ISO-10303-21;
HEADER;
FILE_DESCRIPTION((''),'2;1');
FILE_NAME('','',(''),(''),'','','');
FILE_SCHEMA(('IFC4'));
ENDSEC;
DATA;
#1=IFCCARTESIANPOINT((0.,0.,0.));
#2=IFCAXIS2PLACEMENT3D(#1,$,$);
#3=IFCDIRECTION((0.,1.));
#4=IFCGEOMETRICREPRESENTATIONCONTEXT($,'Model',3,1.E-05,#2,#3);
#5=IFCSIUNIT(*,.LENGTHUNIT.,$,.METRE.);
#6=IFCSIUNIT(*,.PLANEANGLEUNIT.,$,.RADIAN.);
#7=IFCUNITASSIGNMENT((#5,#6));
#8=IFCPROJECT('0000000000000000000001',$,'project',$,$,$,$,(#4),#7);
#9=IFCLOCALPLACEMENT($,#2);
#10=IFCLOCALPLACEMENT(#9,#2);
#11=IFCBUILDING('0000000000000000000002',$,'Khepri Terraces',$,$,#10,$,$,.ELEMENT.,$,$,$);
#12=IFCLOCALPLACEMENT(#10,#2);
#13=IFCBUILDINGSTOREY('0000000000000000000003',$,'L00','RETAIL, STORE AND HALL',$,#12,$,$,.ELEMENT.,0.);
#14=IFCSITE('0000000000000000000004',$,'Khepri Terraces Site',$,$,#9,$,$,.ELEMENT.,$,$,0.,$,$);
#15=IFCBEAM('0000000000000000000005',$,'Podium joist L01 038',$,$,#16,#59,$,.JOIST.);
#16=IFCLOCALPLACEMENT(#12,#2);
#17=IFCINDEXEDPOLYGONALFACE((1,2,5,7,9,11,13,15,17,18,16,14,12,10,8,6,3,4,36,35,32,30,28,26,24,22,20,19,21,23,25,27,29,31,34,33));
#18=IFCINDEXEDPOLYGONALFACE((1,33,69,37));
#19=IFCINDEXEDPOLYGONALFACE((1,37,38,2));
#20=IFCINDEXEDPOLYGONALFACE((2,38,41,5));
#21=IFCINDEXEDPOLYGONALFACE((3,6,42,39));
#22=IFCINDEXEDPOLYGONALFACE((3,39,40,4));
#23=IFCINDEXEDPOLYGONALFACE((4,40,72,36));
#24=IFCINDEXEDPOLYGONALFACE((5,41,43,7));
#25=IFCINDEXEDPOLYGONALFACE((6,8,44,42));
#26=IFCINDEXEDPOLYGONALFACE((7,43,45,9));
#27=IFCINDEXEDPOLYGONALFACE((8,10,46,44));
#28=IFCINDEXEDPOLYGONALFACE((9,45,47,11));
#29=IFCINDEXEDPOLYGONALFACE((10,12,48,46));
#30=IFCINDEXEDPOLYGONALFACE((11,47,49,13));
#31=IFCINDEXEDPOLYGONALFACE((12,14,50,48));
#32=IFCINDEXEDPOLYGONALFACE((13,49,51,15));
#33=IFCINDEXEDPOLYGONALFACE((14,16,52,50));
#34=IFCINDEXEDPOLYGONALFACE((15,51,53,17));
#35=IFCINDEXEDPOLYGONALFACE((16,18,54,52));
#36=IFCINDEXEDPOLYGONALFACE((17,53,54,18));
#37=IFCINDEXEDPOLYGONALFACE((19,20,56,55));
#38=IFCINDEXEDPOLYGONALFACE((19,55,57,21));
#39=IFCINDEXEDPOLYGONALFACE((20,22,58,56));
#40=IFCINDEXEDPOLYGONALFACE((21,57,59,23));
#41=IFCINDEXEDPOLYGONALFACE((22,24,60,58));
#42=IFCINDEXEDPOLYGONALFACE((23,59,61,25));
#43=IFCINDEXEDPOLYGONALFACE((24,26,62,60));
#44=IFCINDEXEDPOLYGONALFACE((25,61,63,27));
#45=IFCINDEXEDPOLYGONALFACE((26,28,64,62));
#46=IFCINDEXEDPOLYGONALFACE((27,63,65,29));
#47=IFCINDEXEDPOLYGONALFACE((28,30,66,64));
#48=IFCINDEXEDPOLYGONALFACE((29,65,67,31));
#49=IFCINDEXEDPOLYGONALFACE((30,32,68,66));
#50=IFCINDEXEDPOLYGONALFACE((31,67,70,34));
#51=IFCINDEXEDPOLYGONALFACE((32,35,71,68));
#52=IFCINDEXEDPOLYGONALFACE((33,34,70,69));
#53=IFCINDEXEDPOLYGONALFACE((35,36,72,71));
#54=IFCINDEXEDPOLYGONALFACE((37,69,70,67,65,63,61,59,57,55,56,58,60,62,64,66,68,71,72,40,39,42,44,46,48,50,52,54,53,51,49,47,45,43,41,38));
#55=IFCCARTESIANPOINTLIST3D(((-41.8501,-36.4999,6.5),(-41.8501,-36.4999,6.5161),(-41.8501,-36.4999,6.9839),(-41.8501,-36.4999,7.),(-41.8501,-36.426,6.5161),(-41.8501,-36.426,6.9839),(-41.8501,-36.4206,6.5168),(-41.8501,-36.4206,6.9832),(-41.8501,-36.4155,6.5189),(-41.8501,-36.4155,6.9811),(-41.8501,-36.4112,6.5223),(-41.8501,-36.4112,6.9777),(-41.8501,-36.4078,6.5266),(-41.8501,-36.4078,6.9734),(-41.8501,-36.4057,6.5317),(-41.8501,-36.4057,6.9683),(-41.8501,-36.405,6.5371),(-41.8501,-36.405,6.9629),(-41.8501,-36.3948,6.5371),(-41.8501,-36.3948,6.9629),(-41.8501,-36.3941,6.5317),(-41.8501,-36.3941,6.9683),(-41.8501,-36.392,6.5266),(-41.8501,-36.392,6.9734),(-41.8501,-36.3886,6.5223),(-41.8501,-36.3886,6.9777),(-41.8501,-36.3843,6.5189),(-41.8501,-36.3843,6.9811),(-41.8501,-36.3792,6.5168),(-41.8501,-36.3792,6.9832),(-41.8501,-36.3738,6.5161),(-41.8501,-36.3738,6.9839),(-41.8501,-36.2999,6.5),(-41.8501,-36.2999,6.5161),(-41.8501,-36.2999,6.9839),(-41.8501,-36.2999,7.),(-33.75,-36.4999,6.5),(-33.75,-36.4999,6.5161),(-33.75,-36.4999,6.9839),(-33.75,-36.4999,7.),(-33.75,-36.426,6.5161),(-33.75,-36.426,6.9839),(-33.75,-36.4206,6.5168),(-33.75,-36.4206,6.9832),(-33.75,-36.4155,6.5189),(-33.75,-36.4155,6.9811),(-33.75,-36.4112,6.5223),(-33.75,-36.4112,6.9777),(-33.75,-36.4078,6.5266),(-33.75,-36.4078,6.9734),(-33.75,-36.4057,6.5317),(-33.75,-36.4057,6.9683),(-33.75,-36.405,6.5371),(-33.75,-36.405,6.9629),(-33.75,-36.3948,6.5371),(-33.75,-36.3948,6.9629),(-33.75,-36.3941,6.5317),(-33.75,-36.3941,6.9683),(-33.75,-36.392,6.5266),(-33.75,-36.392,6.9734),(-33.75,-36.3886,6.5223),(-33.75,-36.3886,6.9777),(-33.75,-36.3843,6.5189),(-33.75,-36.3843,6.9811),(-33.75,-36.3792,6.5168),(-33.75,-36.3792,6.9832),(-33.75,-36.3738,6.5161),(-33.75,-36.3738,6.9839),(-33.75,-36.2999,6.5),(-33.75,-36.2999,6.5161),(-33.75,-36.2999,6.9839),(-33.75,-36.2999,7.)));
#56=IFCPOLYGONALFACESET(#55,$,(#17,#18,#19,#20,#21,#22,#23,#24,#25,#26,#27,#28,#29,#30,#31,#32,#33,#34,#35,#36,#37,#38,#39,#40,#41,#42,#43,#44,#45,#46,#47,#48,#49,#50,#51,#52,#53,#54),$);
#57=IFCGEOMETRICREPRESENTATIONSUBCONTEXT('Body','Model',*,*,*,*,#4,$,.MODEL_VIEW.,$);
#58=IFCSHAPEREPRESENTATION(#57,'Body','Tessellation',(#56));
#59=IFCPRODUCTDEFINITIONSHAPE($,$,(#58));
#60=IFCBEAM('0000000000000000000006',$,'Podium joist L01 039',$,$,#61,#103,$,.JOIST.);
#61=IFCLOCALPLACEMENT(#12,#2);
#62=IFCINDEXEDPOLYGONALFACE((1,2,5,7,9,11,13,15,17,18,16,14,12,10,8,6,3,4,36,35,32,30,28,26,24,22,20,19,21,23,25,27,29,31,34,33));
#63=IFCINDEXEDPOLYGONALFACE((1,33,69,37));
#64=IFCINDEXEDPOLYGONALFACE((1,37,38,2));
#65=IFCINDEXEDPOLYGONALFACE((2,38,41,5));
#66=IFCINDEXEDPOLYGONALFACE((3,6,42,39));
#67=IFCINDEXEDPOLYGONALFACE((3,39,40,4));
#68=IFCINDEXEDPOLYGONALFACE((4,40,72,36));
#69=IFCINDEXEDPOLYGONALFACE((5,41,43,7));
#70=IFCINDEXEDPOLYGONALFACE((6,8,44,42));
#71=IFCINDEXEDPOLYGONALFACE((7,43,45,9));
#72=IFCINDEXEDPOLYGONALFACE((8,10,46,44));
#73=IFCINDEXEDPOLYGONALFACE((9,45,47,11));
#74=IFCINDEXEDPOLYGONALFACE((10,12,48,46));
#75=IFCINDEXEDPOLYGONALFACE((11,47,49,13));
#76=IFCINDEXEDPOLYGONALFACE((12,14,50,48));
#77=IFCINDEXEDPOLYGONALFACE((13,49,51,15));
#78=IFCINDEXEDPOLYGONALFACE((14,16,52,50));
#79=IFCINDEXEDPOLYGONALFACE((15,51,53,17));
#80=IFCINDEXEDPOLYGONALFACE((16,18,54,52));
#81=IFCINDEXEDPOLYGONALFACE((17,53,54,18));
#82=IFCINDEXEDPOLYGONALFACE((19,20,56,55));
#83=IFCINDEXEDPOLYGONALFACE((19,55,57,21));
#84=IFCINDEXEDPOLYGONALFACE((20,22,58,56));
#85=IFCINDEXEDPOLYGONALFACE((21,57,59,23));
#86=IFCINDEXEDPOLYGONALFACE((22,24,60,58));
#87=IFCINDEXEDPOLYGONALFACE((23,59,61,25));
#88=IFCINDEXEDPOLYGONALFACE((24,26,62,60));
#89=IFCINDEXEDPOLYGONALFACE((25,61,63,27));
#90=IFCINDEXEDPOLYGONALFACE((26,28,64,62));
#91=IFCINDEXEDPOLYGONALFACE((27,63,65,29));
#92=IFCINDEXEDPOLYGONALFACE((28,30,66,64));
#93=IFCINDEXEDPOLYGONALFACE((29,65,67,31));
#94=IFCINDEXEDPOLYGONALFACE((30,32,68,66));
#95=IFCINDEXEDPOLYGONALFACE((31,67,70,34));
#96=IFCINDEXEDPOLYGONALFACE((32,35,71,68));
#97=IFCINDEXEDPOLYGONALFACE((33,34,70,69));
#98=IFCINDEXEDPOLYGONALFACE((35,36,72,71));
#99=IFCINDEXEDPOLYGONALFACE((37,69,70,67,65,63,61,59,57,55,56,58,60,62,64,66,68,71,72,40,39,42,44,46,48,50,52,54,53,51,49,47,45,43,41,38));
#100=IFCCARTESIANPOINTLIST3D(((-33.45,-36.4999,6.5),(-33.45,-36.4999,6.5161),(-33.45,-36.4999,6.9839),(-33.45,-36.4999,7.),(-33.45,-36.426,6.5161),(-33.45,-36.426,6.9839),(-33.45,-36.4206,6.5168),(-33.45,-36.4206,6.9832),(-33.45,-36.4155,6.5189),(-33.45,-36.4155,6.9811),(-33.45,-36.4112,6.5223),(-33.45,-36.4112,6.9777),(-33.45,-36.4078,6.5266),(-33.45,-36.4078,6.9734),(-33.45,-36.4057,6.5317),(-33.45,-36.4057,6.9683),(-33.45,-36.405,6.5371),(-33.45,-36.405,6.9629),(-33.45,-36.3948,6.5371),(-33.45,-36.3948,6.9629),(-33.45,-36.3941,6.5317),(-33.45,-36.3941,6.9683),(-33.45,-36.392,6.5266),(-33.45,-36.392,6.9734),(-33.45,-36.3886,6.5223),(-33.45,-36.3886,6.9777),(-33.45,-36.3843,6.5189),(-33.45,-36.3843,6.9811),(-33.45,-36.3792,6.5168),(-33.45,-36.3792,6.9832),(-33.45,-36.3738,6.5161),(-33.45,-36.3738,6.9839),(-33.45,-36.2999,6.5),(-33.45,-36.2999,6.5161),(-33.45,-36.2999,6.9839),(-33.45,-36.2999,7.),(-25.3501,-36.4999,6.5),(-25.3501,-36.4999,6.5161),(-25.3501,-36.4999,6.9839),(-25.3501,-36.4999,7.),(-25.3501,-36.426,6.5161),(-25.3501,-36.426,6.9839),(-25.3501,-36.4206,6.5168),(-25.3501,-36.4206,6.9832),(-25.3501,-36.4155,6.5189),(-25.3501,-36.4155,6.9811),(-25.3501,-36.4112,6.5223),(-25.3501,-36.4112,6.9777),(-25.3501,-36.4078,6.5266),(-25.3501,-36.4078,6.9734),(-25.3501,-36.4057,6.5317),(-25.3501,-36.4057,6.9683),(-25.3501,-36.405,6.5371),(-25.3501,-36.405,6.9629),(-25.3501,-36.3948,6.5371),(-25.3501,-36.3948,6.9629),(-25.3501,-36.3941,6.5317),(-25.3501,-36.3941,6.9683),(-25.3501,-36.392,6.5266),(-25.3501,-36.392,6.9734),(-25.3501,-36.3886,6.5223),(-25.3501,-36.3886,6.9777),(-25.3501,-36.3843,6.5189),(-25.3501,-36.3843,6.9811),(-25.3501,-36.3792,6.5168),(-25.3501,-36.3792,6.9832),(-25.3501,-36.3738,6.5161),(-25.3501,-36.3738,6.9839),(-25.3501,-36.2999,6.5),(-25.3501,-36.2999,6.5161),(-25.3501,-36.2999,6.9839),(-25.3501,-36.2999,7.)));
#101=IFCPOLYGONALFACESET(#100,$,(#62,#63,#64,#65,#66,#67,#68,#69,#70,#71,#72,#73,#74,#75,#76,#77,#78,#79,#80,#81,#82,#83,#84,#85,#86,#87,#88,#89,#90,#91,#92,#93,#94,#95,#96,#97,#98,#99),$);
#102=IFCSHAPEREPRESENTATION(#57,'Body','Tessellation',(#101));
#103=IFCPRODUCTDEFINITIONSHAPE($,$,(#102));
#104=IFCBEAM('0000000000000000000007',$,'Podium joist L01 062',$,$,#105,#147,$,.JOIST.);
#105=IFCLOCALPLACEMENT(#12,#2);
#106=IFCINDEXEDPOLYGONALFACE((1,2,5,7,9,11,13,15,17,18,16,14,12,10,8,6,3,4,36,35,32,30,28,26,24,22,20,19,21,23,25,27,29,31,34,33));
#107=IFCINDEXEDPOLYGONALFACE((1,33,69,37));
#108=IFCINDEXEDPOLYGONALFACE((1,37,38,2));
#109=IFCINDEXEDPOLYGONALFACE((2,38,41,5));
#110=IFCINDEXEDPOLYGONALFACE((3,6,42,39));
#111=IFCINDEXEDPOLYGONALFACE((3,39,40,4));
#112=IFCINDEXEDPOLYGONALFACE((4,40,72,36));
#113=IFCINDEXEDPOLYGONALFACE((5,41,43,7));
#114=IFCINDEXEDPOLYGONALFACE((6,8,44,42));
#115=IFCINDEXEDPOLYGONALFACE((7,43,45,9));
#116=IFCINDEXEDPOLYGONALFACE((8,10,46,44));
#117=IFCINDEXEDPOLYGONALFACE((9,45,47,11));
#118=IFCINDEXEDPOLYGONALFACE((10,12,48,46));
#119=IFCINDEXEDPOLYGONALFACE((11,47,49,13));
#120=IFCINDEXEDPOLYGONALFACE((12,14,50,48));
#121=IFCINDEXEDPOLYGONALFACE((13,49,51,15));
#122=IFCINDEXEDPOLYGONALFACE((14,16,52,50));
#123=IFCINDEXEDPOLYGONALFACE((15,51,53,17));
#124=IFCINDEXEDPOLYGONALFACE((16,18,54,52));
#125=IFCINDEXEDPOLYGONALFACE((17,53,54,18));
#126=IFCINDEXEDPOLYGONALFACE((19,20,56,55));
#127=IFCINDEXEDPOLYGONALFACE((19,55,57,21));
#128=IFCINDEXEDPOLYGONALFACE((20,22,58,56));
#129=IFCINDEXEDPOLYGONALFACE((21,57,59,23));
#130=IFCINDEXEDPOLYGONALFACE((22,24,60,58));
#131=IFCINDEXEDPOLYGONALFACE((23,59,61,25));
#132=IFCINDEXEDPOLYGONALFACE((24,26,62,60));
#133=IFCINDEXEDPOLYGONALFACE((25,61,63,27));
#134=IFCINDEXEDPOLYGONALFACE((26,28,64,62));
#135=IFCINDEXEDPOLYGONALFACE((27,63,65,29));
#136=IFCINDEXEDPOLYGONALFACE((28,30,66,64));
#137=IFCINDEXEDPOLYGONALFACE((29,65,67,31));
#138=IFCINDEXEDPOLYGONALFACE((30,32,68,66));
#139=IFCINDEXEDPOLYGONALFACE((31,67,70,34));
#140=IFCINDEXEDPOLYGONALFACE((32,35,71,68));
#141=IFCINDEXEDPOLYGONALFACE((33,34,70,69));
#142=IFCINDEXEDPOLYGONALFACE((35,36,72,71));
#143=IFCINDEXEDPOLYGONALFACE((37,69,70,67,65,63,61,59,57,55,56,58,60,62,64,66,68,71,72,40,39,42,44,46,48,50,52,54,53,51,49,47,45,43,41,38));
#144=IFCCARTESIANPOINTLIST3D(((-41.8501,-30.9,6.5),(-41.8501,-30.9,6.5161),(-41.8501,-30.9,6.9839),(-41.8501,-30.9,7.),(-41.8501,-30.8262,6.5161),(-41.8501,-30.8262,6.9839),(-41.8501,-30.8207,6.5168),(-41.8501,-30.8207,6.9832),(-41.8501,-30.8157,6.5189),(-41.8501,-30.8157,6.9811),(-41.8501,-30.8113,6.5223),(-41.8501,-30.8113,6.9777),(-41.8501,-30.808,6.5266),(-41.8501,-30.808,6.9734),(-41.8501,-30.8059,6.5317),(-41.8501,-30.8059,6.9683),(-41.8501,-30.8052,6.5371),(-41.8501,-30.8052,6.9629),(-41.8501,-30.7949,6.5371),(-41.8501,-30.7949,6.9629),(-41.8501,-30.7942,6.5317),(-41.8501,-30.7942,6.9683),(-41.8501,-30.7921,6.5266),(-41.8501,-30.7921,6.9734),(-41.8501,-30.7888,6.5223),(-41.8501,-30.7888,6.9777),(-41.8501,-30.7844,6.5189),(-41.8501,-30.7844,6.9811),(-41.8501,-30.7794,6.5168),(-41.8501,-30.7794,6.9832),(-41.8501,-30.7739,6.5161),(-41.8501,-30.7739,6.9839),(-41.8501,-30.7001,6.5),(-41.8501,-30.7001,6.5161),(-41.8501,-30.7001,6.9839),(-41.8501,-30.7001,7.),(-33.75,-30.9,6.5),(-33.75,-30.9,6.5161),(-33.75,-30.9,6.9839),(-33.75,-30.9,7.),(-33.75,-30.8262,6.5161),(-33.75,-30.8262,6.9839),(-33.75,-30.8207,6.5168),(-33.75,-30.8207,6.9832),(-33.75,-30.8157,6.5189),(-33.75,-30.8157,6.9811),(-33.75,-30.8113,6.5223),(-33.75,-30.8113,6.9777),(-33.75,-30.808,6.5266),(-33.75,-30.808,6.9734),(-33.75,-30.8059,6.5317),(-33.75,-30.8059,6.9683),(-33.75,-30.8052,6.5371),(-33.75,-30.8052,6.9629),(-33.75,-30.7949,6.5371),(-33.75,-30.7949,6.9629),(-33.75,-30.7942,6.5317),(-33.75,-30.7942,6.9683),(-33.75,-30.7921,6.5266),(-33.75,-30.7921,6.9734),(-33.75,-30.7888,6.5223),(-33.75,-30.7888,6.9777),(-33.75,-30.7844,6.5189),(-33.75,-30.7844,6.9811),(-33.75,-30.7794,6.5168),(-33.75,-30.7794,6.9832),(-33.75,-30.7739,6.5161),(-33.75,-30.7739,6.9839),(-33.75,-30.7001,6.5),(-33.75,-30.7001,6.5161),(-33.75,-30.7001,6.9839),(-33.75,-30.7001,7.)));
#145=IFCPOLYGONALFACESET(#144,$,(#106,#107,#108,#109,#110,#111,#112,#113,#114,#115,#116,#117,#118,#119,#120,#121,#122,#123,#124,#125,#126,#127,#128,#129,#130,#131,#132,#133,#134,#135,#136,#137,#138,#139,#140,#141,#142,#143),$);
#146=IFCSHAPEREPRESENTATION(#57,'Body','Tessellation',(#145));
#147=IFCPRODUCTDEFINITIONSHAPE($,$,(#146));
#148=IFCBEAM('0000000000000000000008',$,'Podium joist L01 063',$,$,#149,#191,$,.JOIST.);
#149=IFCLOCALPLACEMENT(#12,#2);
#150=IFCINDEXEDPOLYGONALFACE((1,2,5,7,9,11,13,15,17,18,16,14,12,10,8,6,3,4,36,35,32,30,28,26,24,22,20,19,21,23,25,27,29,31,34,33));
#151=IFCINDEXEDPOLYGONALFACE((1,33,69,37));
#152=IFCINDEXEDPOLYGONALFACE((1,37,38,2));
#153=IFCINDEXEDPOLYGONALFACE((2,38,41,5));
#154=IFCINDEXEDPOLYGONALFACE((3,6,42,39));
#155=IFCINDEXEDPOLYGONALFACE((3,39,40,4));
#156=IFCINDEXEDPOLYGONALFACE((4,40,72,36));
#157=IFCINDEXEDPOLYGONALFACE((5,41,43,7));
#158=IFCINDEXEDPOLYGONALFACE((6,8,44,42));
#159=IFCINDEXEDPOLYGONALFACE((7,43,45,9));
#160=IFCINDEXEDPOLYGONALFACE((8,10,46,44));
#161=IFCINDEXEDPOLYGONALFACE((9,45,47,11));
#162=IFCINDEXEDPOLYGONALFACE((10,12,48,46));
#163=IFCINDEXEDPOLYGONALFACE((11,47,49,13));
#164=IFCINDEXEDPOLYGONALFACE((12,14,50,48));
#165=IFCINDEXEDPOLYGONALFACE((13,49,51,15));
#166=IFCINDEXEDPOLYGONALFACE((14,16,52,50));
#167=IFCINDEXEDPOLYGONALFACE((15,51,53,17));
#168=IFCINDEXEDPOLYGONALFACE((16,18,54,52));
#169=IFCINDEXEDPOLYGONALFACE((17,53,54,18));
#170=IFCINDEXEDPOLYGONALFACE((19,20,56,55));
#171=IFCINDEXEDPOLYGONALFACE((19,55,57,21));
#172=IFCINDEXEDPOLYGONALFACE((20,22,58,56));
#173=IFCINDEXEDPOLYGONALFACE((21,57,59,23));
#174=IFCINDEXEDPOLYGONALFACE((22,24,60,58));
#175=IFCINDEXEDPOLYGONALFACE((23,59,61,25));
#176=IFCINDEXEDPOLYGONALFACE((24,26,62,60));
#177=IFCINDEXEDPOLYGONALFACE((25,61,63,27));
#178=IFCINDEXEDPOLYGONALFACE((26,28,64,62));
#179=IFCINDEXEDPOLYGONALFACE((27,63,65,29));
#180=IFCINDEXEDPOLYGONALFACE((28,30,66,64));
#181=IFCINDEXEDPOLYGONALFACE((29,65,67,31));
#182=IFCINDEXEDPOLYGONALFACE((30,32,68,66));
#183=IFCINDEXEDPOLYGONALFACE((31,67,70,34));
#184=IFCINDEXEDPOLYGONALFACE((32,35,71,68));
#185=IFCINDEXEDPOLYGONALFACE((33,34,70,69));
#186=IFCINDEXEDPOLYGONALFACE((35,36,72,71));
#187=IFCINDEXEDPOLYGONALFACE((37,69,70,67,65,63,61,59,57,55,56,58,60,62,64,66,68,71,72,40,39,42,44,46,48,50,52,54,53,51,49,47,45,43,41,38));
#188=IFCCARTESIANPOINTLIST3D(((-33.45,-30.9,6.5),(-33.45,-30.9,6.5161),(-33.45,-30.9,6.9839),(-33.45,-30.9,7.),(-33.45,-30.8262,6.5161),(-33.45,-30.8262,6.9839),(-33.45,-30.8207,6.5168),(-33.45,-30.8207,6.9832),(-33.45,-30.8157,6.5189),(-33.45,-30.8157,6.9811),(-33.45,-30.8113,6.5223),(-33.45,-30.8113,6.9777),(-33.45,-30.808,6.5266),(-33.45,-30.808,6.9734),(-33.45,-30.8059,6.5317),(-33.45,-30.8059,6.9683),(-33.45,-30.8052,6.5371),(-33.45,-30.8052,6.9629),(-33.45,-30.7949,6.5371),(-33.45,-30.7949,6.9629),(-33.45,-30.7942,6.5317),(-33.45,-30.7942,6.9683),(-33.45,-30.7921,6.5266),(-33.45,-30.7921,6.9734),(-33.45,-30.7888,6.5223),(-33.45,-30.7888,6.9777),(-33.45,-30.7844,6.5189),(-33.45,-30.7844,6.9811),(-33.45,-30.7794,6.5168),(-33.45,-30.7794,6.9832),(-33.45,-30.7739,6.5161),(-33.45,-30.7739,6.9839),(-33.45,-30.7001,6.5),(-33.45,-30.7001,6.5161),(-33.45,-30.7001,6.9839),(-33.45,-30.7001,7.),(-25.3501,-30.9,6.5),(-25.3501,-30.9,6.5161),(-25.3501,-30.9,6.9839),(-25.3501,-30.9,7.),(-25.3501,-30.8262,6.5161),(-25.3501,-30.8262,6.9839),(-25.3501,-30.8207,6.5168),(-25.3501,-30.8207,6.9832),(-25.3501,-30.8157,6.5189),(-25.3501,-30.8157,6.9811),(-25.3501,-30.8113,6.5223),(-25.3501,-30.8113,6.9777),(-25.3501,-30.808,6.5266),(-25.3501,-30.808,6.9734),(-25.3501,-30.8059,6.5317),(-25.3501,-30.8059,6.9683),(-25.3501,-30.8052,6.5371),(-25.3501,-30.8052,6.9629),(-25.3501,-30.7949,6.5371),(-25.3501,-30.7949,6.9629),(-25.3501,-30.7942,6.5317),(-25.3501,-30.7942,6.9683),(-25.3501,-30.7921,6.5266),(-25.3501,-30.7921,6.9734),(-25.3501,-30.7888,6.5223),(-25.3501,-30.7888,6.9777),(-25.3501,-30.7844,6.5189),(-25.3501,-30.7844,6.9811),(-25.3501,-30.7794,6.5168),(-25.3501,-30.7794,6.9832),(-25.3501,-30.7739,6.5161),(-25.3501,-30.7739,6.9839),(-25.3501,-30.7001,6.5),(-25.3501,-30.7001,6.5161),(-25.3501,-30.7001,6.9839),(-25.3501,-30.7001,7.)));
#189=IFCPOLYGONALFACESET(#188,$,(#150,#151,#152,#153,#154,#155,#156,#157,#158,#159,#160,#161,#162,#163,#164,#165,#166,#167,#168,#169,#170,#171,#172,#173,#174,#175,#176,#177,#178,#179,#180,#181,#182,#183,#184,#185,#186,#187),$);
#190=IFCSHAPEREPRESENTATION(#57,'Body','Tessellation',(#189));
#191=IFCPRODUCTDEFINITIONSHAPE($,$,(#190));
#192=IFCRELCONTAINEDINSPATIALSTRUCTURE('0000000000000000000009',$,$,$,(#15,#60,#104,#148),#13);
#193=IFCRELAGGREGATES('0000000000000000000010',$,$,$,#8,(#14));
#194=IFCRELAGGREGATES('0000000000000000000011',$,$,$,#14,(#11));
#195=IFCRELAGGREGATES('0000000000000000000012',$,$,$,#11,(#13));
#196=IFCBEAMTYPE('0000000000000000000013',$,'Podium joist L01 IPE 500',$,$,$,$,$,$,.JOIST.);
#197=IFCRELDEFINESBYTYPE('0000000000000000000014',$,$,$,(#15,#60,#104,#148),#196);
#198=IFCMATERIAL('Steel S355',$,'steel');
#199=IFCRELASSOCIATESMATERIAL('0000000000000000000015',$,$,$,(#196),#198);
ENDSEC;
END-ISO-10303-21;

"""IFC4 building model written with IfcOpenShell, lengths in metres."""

from ifc_helpers import new_model, si_unit, direction, frame, origin, origin_2d, place, context, subcontext, project, spatial, i_section, extrude, material, material_profile, profile_set, type_object, element, save


model = new_model("IFC4")

# Units and contexts
model_context = context("Model", 3, precision=1e-05, world=origin(), true_north=direction((0.0, 1.0)))
body_context = subcontext(model_context, "Body", "Model", "MODEL_VIEW")
ifc_project = project(units=[si_unit("LENGTHUNIT", "METRE"), si_unit("PLANEANGLEUNIT", "RADIAN")], contexts=[model_context])

# Site, building, storey
site_placement = place(None, origin())
site = spatial("IfcSite", under=ifc_project, at=site_placement, Name="Khepri Terraces Site", CompositionType="ELEMENT", RefElevation=0.0)
building_placement = place(site_placement, origin())
building = spatial("IfcBuilding", under=site, at=building_placement, Name="Khepri Terraces", CompositionType="ELEMENT")
storey_placement = place(building_placement, origin())
storey = spatial("IfcBuildingStorey", under=building, at=storey_placement, Name="L00", Description="RETAIL, STORE AND HALL", CompositionType="ELEMENT", Elevation=0.0)

# Beams
ifc_material_1 = material(Name="Steel S355", Category="steel")
ifc_material_profile_1 = material_profile(ifc_material_1, i_section(OverallWidth=0.2, OverallDepth=0.5, WebThickness=0.0103, FlangeThickness=0.0161, FilletRadius=0.021, at=origin_2d()), Name="Steel S355", Category="steel")
ifc_profile_set_1 = profile_set([ifc_material_profile_1], Name="Steel S355")
beam_type_1 = type_object("IfcBeamType", Name="Podium joist L01 IPE 500", PredefinedType="JOIST", material=ifc_profile_set_1)
beam_1_placement = place(storey_placement, frame((-41.8501, -36.3999, 6.75), z_axis=(1.0, 0.0, 0.0), x_axis=(0.0, 1.0, 0.0)))
element("IfcBeam", 1, at=beam_1_placement, inside=storey, type_object=beam_type_1, Name="Podium joist L01 038", PredefinedType="JOIST", context=body_context, shape_type="SweptSolid", body=[
    extrude(i_section(OverallWidth=0.2, OverallDepth=0.5, WebThickness=0.0103, FlangeThickness=0.0161, FilletRadius=0.021, at=origin_2d()), origin(), (0.0, 0.0, 1.0), 8.1001),
])
beam_2_placement = place(storey_placement, frame((-33.45, -36.3999, 6.75), z_axis=(1.0, 0.0, 0.0), x_axis=(0.0, 1.0, 0.0)))
element("IfcBeam", 2, at=beam_2_placement, inside=storey, type_object=beam_type_1, Name="Podium joist L01 039", PredefinedType="JOIST", context=body_context, shape_type="SweptSolid", body=[
    extrude(i_section(OverallWidth=0.2, OverallDepth=0.5, WebThickness=0.0103, FlangeThickness=0.0161, FilletRadius=0.021, at=origin_2d()), origin(), (0.0, 0.0, 1.0), 8.0999),
])
beam_3_placement = place(storey_placement, frame((-41.8501, -30.8, 6.75), z_axis=(1.0, 0.0, 0.0), x_axis=(0.0, 1.0, 0.0)))
element("IfcBeam", 3, at=beam_3_placement, inside=storey, type_object=beam_type_1, Name="Podium joist L01 062", PredefinedType="JOIST", context=body_context, shape_type="SweptSolid", body=[
    extrude(i_section(OverallWidth=0.2, OverallDepth=0.5, WebThickness=0.0103, FlangeThickness=0.0161, FilletRadius=0.021, at=origin_2d()), origin(), (0.0, 0.0, 1.0), 8.1001),
])
beam_4_placement = place(storey_placement, frame((-33.45, -30.8, 6.75), z_axis=(1.0, 0.0, 0.0), x_axis=(0.0, 1.0, 0.0)))
element("IfcBeam", 4, at=beam_4_placement, inside=storey, type_object=beam_type_1, Name="Podium joist L01 063", PredefinedType="JOIST", context=body_context, shape_type="SweptSolid", body=[
    extrude(i_section(OverallWidth=0.2, OverallDepth=0.5, WebThickness=0.0103, FlangeThickness=0.0161, FilletRadius=0.021, at=origin_2d()), origin(), (0.0, 0.0, 1.0), 8.0999),
])

save(model, "model.ifc")
